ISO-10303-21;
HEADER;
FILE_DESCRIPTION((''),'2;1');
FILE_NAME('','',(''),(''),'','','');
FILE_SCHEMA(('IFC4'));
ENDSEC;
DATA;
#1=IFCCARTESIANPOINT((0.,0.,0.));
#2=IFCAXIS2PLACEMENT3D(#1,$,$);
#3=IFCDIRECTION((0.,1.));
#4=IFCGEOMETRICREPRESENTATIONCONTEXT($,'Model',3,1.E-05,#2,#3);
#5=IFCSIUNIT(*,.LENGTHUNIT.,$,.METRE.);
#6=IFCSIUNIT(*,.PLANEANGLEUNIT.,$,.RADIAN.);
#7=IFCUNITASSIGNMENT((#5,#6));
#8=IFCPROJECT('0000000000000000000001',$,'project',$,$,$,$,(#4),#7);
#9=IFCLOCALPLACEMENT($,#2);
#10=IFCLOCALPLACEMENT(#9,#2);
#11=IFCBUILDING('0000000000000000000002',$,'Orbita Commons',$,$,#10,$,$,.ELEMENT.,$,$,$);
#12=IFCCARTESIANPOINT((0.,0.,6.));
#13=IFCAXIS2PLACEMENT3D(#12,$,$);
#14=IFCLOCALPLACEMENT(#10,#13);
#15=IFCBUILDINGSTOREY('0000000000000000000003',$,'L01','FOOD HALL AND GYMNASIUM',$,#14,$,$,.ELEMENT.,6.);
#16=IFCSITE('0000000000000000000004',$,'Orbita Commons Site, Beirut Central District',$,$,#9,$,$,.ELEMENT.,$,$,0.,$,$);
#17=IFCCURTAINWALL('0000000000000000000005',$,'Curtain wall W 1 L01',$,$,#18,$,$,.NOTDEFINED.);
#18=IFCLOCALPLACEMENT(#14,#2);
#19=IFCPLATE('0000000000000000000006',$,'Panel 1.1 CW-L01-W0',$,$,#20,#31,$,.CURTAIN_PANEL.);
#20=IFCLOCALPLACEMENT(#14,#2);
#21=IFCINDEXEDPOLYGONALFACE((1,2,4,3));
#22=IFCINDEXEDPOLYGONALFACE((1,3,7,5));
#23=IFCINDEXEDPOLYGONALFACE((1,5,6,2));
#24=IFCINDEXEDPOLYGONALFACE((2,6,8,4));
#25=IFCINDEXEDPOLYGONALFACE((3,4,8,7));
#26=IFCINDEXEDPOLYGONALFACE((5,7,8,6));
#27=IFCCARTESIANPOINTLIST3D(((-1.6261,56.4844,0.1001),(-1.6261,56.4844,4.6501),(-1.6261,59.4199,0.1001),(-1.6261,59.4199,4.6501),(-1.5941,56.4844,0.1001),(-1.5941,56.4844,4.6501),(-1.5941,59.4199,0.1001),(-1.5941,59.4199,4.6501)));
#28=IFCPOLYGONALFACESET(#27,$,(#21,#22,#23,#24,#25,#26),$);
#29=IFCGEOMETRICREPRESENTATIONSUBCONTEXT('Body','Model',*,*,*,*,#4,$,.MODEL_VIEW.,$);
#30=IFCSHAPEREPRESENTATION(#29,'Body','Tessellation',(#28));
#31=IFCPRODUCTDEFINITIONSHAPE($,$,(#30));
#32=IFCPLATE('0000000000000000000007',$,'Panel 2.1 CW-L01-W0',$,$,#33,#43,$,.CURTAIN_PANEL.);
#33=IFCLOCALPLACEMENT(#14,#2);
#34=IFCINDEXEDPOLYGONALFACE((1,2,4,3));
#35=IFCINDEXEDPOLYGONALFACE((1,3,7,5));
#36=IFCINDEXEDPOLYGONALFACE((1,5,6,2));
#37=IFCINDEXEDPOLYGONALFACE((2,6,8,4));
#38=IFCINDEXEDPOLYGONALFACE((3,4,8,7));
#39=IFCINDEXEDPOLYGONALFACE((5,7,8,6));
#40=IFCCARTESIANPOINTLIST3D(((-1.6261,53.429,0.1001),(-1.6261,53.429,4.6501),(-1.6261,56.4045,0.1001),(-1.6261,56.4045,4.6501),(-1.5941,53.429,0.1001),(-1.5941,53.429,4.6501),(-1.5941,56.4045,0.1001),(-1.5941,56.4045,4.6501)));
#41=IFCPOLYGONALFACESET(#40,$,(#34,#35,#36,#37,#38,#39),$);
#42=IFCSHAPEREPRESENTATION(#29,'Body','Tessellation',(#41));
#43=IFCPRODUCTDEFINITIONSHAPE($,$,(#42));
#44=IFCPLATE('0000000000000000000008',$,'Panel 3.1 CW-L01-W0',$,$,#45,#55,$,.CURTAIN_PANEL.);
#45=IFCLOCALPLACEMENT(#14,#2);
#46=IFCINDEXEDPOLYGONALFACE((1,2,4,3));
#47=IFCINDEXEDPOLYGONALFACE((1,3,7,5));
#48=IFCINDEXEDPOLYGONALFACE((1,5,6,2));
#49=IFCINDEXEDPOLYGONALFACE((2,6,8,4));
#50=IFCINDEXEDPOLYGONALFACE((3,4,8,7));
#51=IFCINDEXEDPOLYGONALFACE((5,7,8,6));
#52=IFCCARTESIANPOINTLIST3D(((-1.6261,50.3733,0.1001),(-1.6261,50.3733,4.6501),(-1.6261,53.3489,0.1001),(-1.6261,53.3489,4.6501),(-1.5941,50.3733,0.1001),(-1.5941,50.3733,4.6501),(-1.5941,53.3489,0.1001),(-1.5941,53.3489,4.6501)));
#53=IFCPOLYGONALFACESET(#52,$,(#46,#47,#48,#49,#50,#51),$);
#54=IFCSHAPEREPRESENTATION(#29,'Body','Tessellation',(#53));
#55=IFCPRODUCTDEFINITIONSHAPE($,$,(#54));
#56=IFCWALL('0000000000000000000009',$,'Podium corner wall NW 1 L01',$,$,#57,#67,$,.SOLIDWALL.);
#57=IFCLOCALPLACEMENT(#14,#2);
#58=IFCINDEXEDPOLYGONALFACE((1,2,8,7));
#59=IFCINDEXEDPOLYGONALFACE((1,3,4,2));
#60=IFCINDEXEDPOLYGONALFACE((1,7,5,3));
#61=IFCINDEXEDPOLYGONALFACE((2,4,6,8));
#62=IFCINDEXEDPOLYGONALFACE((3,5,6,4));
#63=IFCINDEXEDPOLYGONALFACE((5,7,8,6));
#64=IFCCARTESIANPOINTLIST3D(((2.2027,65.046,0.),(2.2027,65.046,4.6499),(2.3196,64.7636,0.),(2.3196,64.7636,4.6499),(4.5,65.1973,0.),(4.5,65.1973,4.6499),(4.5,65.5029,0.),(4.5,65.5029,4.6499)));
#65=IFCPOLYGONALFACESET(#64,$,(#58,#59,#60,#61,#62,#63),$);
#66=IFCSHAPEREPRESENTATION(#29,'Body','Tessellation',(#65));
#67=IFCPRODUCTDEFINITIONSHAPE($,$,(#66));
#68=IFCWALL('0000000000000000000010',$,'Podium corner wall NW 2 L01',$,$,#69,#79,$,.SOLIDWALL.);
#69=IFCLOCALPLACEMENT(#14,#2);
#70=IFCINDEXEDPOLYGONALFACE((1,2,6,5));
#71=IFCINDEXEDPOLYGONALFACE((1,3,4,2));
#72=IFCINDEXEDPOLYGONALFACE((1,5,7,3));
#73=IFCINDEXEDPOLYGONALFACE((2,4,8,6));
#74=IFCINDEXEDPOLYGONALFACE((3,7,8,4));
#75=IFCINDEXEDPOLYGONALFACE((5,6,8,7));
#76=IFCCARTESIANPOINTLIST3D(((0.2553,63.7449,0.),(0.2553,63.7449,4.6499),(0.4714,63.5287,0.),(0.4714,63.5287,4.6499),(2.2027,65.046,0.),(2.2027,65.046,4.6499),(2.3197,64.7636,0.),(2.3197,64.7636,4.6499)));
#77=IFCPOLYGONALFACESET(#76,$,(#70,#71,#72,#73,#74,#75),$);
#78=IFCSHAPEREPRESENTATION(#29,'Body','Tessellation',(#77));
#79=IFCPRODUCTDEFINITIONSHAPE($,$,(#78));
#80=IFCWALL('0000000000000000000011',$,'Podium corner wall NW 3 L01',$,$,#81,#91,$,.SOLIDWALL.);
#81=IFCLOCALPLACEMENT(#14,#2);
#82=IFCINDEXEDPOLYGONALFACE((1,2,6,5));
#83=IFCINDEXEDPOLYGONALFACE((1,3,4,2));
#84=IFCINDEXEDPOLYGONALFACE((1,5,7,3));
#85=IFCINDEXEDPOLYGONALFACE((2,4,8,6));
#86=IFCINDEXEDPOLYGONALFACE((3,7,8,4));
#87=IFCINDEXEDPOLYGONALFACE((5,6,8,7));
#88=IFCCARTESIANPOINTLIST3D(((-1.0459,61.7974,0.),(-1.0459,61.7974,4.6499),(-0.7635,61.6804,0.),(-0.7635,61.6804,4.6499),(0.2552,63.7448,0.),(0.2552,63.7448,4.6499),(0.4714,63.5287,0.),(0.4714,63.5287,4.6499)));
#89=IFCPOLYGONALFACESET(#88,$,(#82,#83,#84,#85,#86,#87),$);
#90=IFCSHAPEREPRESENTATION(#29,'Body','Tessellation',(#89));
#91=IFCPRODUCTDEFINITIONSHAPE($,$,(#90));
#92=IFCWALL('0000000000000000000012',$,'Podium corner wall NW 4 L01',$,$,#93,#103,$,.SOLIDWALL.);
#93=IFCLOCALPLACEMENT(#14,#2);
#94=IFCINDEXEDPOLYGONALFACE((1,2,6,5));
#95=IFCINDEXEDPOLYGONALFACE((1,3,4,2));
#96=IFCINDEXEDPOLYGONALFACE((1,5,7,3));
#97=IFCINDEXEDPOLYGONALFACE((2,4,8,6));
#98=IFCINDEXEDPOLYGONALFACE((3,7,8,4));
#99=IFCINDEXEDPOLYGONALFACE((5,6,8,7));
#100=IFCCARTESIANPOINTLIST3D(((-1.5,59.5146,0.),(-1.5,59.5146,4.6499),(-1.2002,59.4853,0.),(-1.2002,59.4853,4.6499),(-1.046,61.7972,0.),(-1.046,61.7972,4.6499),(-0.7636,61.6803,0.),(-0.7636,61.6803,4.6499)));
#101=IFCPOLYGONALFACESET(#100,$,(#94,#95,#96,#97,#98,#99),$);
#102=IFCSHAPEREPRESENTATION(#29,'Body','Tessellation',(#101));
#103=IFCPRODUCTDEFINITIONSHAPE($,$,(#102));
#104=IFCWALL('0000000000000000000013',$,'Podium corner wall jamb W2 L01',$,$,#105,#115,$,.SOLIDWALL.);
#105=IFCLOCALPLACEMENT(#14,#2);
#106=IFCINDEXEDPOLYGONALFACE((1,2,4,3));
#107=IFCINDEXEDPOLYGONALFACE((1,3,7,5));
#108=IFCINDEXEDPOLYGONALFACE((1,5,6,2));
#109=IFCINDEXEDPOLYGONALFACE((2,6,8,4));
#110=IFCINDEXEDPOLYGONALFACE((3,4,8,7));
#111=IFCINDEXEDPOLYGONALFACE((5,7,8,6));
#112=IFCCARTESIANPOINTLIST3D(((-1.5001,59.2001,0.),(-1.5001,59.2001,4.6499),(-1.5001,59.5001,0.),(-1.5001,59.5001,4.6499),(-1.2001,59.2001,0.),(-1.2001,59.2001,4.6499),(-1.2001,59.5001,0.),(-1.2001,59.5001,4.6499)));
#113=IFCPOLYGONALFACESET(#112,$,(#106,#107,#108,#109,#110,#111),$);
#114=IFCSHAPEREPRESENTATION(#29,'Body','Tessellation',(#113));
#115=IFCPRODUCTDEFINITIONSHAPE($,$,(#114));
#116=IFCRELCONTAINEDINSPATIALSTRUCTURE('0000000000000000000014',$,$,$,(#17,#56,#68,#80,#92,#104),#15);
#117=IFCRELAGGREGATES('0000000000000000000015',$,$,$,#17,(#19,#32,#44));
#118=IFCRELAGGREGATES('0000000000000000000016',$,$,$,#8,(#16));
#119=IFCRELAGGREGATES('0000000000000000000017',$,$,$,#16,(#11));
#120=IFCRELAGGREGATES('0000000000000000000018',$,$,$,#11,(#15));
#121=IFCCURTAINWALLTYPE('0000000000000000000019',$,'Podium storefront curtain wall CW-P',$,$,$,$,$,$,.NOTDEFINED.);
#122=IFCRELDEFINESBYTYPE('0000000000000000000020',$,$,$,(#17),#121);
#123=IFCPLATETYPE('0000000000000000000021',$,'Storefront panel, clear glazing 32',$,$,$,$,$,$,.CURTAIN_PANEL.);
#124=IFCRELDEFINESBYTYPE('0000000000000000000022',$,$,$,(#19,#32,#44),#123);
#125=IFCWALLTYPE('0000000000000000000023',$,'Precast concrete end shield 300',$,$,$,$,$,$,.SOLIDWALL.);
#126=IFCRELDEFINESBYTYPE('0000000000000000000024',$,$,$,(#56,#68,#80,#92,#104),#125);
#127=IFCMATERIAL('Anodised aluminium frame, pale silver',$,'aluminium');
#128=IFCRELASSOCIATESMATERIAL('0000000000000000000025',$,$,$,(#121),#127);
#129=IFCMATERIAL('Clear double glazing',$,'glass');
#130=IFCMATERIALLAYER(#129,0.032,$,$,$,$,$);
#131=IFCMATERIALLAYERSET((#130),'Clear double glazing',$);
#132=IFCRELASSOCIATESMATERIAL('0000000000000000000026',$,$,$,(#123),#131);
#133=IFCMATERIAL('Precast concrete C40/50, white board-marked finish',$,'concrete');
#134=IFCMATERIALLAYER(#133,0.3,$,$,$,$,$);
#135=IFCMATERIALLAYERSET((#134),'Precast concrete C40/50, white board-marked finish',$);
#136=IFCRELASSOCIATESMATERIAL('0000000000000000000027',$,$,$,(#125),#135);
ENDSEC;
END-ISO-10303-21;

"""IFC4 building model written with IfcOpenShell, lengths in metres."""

from ifc_helpers import new_model, si_unit, direction, frame, frame_2d, origin, origin_2d, place, context, subcontext, project, spatial, polyline, rectangle, outline, extrude, material, layer, layer_set, type_object, element, aggregate, save


model = new_model("IFC4")

# Units and contexts
model_context = context("Model", 3, precision=1e-05, world=origin(), true_north=direction((0.0, 1.0)))
body_context = subcontext(model_context, "Body", "Model", "MODEL_VIEW")
ifc_project = project(units=[si_unit("LENGTHUNIT", "METRE"), si_unit("PLANEANGLEUNIT", "RADIAN")], contexts=[model_context])

# Site, building, storey
site_placement = place(None, origin())
site = spatial("IfcSite", under=ifc_project, at=site_placement, Name="Orbita Commons Site, Beirut Central District", CompositionType="ELEMENT", RefElevation=0.0)
building_placement = place(site_placement, origin())
building = spatial("IfcBuilding", under=site, at=building_placement, Name="Orbita Commons", CompositionType="ELEMENT")
storey_placement = place(building_placement, frame((0.0, 0.0, 6.0)))
storey = spatial("IfcBuildingStorey", under=building, at=storey_placement, Name="L01", Description="FOOD HALL AND GYMNASIUM", CompositionType="ELEMENT", Elevation=6.0)

# Curtain wall
ifc_material_1 = material(Name="Anodised aluminium frame, pale silver", Category="aluminium")
curtain_wall_type = type_object("IfcCurtainWallType", Name="Podium storefront curtain wall CW-P", PredefinedType="NOTDEFINED", material=ifc_material_1)
curtain_wall_placement = place(storey_placement, origin())
curtain_wall = element("IfcCurtainWall", 1, at=curtain_wall_placement, inside=storey, type_object=curtain_wall_type, Name="Curtain wall W 1 L01", PredefinedType="NOTDEFINED")

# Plates
ifc_material_2 = material(Name="Clear double glazing", Category="glass")
ifc_layer_1 = layer(ifc_material_2, 0.032)
ifc_layer_set_1 = layer_set([ifc_layer_1], Name="Clear double glazing")
plate_type = type_object("IfcPlateType", Name="Storefront panel, clear glazing 32", PredefinedType="CURTAIN_PANEL", material=ifc_layer_set_1)
plate_1_placement = place(storey_placement, frame((-1.6101, 57.9521, 0.1001), z_axis=(0.0, 0.0, 1.0), x_axis=(0.0, -1.0, 0.0)))
plate_1 = element("IfcPlate", 2, at=plate_1_placement, type_object=plate_type, Name="Panel 1.1 CW-L01-W0", PredefinedType="CURTAIN_PANEL", context=body_context, shape_type="SweptSolid", body=[
    extrude(rectangle(XDim=2.9355, YDim=0.032, at=origin_2d()), origin(), (0.0, 0.0, 1.0), 4.55),
])
plate_2_placement = place(storey_placement, frame((-1.6101, 54.9167, 0.1001), z_axis=(0.0, 0.0, 1.0), x_axis=(0.0, -1.0, 0.0)))
plate_2 = element("IfcPlate", 3, at=plate_2_placement, type_object=plate_type, Name="Panel 2.1 CW-L01-W0", PredefinedType="CURTAIN_PANEL", context=body_context, shape_type="SweptSolid", body=[
    extrude(rectangle(XDim=2.9756, YDim=0.032, at=origin_2d()), origin(), (0.0, 0.0, 1.0), 4.55),
])
plate_3_placement = place(storey_placement, frame((-1.6101, 51.8611, 0.1001), z_axis=(0.0, 0.0, 1.0), x_axis=(0.0, -1.0, 0.0)))
plate_3 = element("IfcPlate", 4, at=plate_3_placement, type_object=plate_type, Name="Panel 3.1 CW-L01-W0", PredefinedType="CURTAIN_PANEL", context=body_context, shape_type="SweptSolid", body=[
    extrude(rectangle(XDim=2.9756, YDim=0.032, at=origin_2d()), origin(), (0.0, 0.0, 1.0), 4.55),
])
aggregate(curtain_wall, [plate_1, plate_2, plate_3])

# Walls
ifc_material_3 = material(Name="Precast concrete C40/50, white board-marked finish", Category="concrete")
ifc_layer_2 = layer(ifc_material_3, 0.3)
ifc_layer_set_2 = layer_set([ifc_layer_2], Name="Precast concrete C40/50, white board-marked finish")
wall_type = type_object("IfcWallType", Name="Precast concrete end shield 300", PredefinedType="SOLIDWALL", material=ifc_layer_set_2)
wall_1_placement = place(storey_placement, frame((4.5, 65.3501, 0.0), z_axis=(0.0, 0.0, 1.0), x_axis=(-0.980786, -0.195088, 0.0)))
element("IfcWall", 5, at=wall_1_placement, inside=storey, type_object=wall_type, Name="Podium corner wall NW 1 L01", PredefinedType="SOLIDWALL", context=body_context, shape_type="SweptSolid", body=[
    extrude(outline(polyline([(-0.0298, -0.1499), (2.3125, -0.1499), (2.2529, 0.1499), (0.0298, 0.1499), (-0.0298, -0.1499)])), origin(), (0.0, 0.0, 1.0), 4.6499),
])
for number, where, z_axis, x_axis, name in (
    (6, (2.2612, 64.9048, 0.0), (0.0, 0.0, 1.0), (-0.83149, -0.555539, 0.0), "Podium corner wall NW 2 L01"),
    (7, (0.3633, 63.6367, 0.0), (0.0, 0.0, 1.0), (-0.555539, -0.83149, 0.0), "Podium corner wall NW 3 L01"),
):
    element("IfcWall", number, at=place(storey_placement, frame(where, z_axis=z_axis, x_axis=x_axis)), inside=storey, type_object=wall_type, Name=name, PredefinedType="SOLIDWALL", context=body_context, shape_type="SweptSolid", body=[
        extrude(outline(polyline([(-0.0298, -0.1499), (2.3123, -0.1499), (2.2527, 0.1499), (0.0298, 0.1499), (-0.0298, -0.1499)])), origin(), (0.0, 0.0, 1.0), 4.6499),
    ])
wall_2_placement = place(storey_placement, frame((-0.9048, 61.7388, 0.0), z_axis=(0.0, 0.0, 1.0), x_axis=(-0.195088, -0.980786, 0.0)))
element("IfcWall", 8, at=wall_2_placement, inside=storey, type_object=wall_type, Name="Podium corner wall NW 4 L01", PredefinedType="SOLIDWALL", context=body_context, shape_type="SweptSolid", body=[
    extrude(outline(polyline([(-0.0298, -0.1499), (2.2976, -0.1499), (2.2678, 0.1499), (0.0298, 0.1499), (-0.0298, -0.1499)])), origin(), (0.0, 0.0, 1.0), 4.6499),
])
wall_3_placement = place(storey_placement, frame((-1.3501, 59.5, 0.0), z_axis=(0.0, 0.0, 1.0), x_axis=(0.0, -1.0, 0.0)))
element("IfcWall", 9, at=wall_3_placement, inside=storey, type_object=wall_type, Name="Podium corner wall jamb W2 L01", PredefinedType="SOLIDWALL", context=body_context, shape_type="SweptSolid", body=[
    extrude(rectangle(XDim=0.3, YDim=0.3, at=frame_2d((0.1499, 0.0))), origin(), (0.0, 0.0, 1.0), 4.6499),
])

save(model, "model.ifc")
